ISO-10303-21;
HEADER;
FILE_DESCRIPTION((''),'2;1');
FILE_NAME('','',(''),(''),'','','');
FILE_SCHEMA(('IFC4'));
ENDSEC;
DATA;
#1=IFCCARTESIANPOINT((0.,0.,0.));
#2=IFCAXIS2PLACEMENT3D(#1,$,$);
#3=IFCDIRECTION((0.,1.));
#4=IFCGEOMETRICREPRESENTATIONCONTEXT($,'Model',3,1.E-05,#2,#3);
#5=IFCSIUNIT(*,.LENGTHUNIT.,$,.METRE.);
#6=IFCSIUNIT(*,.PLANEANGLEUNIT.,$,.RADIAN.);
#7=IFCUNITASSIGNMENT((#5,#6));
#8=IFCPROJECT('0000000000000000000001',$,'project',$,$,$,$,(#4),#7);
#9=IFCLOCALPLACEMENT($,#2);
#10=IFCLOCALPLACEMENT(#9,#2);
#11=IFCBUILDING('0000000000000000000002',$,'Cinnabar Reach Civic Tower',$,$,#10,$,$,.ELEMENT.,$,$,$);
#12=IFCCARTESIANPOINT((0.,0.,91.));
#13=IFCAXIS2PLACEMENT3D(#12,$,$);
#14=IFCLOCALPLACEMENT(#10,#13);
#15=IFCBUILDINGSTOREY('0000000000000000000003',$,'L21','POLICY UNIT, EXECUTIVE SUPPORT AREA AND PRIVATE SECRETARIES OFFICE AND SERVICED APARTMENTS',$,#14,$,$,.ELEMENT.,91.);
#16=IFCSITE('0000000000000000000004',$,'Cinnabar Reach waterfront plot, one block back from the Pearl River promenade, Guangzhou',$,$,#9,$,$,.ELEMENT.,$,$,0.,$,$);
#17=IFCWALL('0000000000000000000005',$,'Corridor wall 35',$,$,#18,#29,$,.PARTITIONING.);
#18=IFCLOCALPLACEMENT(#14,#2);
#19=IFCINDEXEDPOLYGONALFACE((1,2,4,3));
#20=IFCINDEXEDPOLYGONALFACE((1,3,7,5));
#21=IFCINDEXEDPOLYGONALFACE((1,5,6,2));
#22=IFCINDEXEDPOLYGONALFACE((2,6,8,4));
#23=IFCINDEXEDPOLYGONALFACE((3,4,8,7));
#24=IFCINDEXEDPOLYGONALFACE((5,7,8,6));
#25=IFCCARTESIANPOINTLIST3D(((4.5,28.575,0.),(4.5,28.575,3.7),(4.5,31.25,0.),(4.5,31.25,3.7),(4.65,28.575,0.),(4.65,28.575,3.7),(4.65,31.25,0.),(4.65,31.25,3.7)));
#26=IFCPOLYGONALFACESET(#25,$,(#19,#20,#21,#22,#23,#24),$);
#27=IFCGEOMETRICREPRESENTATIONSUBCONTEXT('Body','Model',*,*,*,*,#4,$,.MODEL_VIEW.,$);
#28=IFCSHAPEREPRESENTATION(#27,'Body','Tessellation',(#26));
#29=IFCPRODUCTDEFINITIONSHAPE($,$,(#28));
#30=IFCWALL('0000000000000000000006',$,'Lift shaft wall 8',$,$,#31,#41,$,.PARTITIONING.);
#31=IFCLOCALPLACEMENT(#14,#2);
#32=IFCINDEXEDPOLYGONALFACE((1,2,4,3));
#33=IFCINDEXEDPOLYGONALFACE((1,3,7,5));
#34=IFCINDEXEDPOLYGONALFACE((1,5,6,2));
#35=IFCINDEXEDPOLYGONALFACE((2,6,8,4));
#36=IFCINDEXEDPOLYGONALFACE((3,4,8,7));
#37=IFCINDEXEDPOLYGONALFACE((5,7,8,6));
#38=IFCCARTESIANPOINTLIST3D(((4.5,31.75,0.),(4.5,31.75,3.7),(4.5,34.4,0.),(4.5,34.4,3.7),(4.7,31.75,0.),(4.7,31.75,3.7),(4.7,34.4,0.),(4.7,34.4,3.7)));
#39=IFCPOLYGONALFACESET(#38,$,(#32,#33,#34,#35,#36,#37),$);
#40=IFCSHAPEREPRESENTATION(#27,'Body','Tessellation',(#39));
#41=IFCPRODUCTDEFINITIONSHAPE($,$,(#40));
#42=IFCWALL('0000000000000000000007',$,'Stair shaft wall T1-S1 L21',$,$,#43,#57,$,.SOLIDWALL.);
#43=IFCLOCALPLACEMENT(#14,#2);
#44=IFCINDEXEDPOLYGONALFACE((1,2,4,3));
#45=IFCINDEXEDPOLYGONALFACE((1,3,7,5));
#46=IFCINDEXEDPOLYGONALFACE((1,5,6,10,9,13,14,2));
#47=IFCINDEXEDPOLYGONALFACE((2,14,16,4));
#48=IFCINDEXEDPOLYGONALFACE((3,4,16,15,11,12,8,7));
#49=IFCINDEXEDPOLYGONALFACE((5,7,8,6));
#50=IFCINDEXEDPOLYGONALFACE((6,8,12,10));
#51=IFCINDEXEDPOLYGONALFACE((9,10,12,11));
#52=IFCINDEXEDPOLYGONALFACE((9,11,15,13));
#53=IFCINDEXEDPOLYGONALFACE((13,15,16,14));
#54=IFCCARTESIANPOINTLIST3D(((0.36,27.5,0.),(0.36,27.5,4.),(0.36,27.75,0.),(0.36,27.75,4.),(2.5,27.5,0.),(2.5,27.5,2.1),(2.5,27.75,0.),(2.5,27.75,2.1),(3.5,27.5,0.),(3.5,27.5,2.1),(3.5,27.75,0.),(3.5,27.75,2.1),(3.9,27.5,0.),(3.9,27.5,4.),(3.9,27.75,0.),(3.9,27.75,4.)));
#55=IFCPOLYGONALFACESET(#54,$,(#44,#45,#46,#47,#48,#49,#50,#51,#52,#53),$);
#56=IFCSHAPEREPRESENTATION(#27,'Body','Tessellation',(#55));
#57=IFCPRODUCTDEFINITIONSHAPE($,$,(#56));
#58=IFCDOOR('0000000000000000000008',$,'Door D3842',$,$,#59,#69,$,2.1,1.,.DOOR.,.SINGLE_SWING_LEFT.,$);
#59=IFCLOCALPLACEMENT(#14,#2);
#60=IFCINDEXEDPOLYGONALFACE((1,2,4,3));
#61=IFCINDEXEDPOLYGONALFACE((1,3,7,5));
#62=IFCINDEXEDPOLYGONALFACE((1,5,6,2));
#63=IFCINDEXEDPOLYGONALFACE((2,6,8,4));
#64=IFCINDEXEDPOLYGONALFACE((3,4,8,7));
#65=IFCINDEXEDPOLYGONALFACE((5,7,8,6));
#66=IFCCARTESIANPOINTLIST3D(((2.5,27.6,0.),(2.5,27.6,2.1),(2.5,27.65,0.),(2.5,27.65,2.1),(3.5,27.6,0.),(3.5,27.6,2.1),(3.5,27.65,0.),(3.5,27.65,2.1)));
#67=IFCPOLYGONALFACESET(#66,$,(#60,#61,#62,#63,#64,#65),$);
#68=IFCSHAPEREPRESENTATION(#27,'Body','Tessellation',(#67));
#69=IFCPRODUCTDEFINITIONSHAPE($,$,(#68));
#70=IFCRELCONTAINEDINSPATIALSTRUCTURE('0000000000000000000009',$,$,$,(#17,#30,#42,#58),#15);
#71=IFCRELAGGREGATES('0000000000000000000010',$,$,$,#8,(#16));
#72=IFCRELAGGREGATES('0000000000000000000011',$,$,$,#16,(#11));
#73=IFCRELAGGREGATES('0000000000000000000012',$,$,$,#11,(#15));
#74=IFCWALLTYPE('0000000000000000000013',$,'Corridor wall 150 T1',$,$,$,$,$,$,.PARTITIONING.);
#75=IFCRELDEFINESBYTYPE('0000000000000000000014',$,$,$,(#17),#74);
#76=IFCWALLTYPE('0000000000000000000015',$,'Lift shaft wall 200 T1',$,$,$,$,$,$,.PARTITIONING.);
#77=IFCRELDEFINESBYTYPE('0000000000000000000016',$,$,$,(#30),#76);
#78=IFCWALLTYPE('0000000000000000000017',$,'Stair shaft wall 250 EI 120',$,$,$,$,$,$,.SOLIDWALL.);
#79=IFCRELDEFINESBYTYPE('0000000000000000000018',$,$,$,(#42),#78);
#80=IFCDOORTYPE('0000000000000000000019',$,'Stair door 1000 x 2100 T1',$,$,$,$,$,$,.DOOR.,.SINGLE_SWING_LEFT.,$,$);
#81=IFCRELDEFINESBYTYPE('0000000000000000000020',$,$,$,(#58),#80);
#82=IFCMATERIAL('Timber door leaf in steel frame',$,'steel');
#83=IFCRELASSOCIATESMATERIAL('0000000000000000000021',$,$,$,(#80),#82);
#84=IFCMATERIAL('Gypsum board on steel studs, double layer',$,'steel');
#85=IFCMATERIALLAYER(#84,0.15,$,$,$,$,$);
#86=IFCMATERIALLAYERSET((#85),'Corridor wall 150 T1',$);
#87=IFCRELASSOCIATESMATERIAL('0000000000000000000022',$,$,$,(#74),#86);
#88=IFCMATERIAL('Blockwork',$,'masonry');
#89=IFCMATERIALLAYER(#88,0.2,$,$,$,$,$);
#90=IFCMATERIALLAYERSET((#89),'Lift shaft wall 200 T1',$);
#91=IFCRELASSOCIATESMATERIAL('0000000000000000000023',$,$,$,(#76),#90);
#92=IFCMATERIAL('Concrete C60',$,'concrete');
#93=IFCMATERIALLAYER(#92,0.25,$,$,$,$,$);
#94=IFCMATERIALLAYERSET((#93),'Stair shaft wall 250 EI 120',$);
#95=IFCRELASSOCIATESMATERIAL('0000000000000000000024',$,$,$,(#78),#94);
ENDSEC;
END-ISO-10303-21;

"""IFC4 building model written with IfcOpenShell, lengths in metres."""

from ifc_helpers import new_model, si_unit, direction, frame, frame_2d, origin, place, context, subcontext, project, spatial, rectangle, extrude, material, layer, layer_set, type_object, element, fill, save


model = new_model("IFC4")

# Units and contexts
model_context = context("Model", 3, precision=1e-05, world=origin(), true_north=direction((0.0, 1.0)))
body_context = subcontext(model_context, "Body", "Model", "MODEL_VIEW")
ifc_project = project(units=[si_unit("LENGTHUNIT", "METRE"), si_unit("PLANEANGLEUNIT", "RADIAN")], contexts=[model_context])

# Site, building, storey
site_placement = place(None, origin())
site = spatial("IfcSite", under=ifc_project, at=site_placement, Name="Cinnabar Reach waterfront plot, one block back from the Pearl River promenade, Guangzhou", CompositionType="ELEMENT", RefElevation=0.0)
building_placement = place(site_placement, origin())
building = spatial("IfcBuilding", under=site, at=building_placement, Name="Cinnabar Reach Civic Tower", CompositionType="ELEMENT")
storey_placement = place(building_placement, frame((0.0, 0.0, 91.0)))
storey = spatial("IfcBuildingStorey", under=building, at=storey_placement, Name="L21", Description="POLICY UNIT, EXECUTIVE SUPPORT AREA AND PRIVATE SECRETARIES OFFICE AND SERVICED APARTMENTS", CompositionType="ELEMENT", Elevation=91.0)

# Shared definitions
ifc_material_1 = material(Name="Concrete C60", Category="concrete")

# Shared definitions
ifc_material_2 = material(Name="Timber door leaf in steel frame", Category="steel")
door_type_1 = type_object("IfcDoorType", Name="Stair door 1000 x 2100 T1", OperationType="SINGLE_SWING_LEFT", PredefinedType="DOOR", material=ifc_material_2)

# Shared definitions
ifc_material_3 = material(Name="Gypsum board on steel studs, double layer", Category="steel")
ifc_layer_1 = layer(ifc_material_3, 0.15)
ifc_layer_set_1 = layer_set([ifc_layer_1], Name="Corridor wall 150 T1")
wall_type_1 = type_object("IfcWallType", Name="Corridor wall 150 T1", PredefinedType="PARTITIONING", material=ifc_layer_set_1)

# Walls
wall_1_placement = place(storey_placement, frame((4.575, 28.575, 0.0), z_axis=(0.0, 0.0, 1.0), x_axis=(0.0, 1.0, 0.0)))
element("IfcWall", 1, at=wall_1_placement, inside=storey, type_object=wall_type_1, Name="Corridor wall 35", PredefinedType="PARTITIONING", context=body_context, shape_type="SweptSolid", body=[
    extrude(rectangle(XDim=2.675, YDim=0.15, at=frame_2d((1.3375, 0.0))), origin(), (0.0, 0.0, 1.0), 3.7),
])
ifc_material_4 = material(Name="Blockwork", Category="masonry")
ifc_layer_2 = layer(ifc_material_4, 0.2)
ifc_layer_set_2 = layer_set([ifc_layer_2], Name="Lift shaft wall 200 T1")
wall_type_2 = type_object("IfcWallType", Name="Lift shaft wall 200 T1", PredefinedType="PARTITIONING", material=ifc_layer_set_2)
wall_2_placement = place(storey_placement, frame((4.6, 31.75, 0.0), z_axis=(0.0, 0.0, 1.0), x_axis=(0.0, 1.0, 0.0)))
element("IfcWall", 2, at=wall_2_placement, inside=storey, type_object=wall_type_2, Name="Lift shaft wall 8", PredefinedType="PARTITIONING", context=body_context, shape_type="SweptSolid", body=[
    extrude(rectangle(XDim=2.65, YDim=0.2, at=frame_2d((1.325, 0.0))), origin(), (0.0, 0.0, 1.0), 3.7),
])

# Wall, opening, door
ifc_layer_3 = layer(ifc_material_1, 0.25)
ifc_layer_set_3 = layer_set([ifc_layer_3], Name="Stair shaft wall 250 EI 120")
wall_type_3 = type_object("IfcWallType", Name="Stair shaft wall 250 EI 120", PredefinedType="SOLIDWALL", material=ifc_layer_set_3)
wall_3_placement = place(storey_placement, frame((3.9, 27.625, 0.0), z_axis=(0.0, 0.0, 1.0), x_axis=(-1.0, 0.0, 0.0)))
wall_3 = element("IfcWall", 3, at=wall_3_placement, inside=storey, type_object=wall_type_3, Name="Stair shaft wall T1-S1 L21", PredefinedType="SOLIDWALL", context=body_context, shape_type="SweptSolid", body=[
    extrude(rectangle(XDim=3.54, YDim=0.25, at=frame_2d((1.77, 0.0))), origin(), (0.0, 0.0, 1.0), 4.0),
])
opening_1_placement = place(wall_3_placement, frame((0.4, 0.0, 0.0)))
opening_1 = element("IfcOpeningElement", 4, at=opening_1_placement, cuts=wall_3, PredefinedType="OPENING", context=body_context, shape_type="SweptSolid", body=[
    extrude(rectangle(XDim=1.0, YDim=2.1, at=frame_2d((0.5, 1.05))), frame((0.0, 0.135, 0.0), z_axis=(0.0, -1.0, 0.0), x_axis=(1.0, 0.0, 0.0)), (0.0, 0.0, 1.0), 0.27),
])
door_1_placement = place(opening_1_placement, origin())
door_1 = element("IfcDoor", 5, at=door_1_placement, inside=storey, type_object=door_type_1, Name="Door D3842", OperationType="SINGLE_SWING_LEFT", OverallHeight=2.1, OverallWidth=1.0, PredefinedType="DOOR", context=body_context, shape_type="SweptSolid", body=[
    extrude(rectangle(XDim=1.0, YDim=2.1, at=frame_2d((0.5, 1.05))), frame((0.0, 0.025, 0.0), z_axis=(0.0, -1.0, 0.0), x_axis=(1.0, 0.0, 0.0)), (0.0, 0.0, 1.0), 0.05),
])
fill(opening_1, door_1)

save(model, "model.ifc")
